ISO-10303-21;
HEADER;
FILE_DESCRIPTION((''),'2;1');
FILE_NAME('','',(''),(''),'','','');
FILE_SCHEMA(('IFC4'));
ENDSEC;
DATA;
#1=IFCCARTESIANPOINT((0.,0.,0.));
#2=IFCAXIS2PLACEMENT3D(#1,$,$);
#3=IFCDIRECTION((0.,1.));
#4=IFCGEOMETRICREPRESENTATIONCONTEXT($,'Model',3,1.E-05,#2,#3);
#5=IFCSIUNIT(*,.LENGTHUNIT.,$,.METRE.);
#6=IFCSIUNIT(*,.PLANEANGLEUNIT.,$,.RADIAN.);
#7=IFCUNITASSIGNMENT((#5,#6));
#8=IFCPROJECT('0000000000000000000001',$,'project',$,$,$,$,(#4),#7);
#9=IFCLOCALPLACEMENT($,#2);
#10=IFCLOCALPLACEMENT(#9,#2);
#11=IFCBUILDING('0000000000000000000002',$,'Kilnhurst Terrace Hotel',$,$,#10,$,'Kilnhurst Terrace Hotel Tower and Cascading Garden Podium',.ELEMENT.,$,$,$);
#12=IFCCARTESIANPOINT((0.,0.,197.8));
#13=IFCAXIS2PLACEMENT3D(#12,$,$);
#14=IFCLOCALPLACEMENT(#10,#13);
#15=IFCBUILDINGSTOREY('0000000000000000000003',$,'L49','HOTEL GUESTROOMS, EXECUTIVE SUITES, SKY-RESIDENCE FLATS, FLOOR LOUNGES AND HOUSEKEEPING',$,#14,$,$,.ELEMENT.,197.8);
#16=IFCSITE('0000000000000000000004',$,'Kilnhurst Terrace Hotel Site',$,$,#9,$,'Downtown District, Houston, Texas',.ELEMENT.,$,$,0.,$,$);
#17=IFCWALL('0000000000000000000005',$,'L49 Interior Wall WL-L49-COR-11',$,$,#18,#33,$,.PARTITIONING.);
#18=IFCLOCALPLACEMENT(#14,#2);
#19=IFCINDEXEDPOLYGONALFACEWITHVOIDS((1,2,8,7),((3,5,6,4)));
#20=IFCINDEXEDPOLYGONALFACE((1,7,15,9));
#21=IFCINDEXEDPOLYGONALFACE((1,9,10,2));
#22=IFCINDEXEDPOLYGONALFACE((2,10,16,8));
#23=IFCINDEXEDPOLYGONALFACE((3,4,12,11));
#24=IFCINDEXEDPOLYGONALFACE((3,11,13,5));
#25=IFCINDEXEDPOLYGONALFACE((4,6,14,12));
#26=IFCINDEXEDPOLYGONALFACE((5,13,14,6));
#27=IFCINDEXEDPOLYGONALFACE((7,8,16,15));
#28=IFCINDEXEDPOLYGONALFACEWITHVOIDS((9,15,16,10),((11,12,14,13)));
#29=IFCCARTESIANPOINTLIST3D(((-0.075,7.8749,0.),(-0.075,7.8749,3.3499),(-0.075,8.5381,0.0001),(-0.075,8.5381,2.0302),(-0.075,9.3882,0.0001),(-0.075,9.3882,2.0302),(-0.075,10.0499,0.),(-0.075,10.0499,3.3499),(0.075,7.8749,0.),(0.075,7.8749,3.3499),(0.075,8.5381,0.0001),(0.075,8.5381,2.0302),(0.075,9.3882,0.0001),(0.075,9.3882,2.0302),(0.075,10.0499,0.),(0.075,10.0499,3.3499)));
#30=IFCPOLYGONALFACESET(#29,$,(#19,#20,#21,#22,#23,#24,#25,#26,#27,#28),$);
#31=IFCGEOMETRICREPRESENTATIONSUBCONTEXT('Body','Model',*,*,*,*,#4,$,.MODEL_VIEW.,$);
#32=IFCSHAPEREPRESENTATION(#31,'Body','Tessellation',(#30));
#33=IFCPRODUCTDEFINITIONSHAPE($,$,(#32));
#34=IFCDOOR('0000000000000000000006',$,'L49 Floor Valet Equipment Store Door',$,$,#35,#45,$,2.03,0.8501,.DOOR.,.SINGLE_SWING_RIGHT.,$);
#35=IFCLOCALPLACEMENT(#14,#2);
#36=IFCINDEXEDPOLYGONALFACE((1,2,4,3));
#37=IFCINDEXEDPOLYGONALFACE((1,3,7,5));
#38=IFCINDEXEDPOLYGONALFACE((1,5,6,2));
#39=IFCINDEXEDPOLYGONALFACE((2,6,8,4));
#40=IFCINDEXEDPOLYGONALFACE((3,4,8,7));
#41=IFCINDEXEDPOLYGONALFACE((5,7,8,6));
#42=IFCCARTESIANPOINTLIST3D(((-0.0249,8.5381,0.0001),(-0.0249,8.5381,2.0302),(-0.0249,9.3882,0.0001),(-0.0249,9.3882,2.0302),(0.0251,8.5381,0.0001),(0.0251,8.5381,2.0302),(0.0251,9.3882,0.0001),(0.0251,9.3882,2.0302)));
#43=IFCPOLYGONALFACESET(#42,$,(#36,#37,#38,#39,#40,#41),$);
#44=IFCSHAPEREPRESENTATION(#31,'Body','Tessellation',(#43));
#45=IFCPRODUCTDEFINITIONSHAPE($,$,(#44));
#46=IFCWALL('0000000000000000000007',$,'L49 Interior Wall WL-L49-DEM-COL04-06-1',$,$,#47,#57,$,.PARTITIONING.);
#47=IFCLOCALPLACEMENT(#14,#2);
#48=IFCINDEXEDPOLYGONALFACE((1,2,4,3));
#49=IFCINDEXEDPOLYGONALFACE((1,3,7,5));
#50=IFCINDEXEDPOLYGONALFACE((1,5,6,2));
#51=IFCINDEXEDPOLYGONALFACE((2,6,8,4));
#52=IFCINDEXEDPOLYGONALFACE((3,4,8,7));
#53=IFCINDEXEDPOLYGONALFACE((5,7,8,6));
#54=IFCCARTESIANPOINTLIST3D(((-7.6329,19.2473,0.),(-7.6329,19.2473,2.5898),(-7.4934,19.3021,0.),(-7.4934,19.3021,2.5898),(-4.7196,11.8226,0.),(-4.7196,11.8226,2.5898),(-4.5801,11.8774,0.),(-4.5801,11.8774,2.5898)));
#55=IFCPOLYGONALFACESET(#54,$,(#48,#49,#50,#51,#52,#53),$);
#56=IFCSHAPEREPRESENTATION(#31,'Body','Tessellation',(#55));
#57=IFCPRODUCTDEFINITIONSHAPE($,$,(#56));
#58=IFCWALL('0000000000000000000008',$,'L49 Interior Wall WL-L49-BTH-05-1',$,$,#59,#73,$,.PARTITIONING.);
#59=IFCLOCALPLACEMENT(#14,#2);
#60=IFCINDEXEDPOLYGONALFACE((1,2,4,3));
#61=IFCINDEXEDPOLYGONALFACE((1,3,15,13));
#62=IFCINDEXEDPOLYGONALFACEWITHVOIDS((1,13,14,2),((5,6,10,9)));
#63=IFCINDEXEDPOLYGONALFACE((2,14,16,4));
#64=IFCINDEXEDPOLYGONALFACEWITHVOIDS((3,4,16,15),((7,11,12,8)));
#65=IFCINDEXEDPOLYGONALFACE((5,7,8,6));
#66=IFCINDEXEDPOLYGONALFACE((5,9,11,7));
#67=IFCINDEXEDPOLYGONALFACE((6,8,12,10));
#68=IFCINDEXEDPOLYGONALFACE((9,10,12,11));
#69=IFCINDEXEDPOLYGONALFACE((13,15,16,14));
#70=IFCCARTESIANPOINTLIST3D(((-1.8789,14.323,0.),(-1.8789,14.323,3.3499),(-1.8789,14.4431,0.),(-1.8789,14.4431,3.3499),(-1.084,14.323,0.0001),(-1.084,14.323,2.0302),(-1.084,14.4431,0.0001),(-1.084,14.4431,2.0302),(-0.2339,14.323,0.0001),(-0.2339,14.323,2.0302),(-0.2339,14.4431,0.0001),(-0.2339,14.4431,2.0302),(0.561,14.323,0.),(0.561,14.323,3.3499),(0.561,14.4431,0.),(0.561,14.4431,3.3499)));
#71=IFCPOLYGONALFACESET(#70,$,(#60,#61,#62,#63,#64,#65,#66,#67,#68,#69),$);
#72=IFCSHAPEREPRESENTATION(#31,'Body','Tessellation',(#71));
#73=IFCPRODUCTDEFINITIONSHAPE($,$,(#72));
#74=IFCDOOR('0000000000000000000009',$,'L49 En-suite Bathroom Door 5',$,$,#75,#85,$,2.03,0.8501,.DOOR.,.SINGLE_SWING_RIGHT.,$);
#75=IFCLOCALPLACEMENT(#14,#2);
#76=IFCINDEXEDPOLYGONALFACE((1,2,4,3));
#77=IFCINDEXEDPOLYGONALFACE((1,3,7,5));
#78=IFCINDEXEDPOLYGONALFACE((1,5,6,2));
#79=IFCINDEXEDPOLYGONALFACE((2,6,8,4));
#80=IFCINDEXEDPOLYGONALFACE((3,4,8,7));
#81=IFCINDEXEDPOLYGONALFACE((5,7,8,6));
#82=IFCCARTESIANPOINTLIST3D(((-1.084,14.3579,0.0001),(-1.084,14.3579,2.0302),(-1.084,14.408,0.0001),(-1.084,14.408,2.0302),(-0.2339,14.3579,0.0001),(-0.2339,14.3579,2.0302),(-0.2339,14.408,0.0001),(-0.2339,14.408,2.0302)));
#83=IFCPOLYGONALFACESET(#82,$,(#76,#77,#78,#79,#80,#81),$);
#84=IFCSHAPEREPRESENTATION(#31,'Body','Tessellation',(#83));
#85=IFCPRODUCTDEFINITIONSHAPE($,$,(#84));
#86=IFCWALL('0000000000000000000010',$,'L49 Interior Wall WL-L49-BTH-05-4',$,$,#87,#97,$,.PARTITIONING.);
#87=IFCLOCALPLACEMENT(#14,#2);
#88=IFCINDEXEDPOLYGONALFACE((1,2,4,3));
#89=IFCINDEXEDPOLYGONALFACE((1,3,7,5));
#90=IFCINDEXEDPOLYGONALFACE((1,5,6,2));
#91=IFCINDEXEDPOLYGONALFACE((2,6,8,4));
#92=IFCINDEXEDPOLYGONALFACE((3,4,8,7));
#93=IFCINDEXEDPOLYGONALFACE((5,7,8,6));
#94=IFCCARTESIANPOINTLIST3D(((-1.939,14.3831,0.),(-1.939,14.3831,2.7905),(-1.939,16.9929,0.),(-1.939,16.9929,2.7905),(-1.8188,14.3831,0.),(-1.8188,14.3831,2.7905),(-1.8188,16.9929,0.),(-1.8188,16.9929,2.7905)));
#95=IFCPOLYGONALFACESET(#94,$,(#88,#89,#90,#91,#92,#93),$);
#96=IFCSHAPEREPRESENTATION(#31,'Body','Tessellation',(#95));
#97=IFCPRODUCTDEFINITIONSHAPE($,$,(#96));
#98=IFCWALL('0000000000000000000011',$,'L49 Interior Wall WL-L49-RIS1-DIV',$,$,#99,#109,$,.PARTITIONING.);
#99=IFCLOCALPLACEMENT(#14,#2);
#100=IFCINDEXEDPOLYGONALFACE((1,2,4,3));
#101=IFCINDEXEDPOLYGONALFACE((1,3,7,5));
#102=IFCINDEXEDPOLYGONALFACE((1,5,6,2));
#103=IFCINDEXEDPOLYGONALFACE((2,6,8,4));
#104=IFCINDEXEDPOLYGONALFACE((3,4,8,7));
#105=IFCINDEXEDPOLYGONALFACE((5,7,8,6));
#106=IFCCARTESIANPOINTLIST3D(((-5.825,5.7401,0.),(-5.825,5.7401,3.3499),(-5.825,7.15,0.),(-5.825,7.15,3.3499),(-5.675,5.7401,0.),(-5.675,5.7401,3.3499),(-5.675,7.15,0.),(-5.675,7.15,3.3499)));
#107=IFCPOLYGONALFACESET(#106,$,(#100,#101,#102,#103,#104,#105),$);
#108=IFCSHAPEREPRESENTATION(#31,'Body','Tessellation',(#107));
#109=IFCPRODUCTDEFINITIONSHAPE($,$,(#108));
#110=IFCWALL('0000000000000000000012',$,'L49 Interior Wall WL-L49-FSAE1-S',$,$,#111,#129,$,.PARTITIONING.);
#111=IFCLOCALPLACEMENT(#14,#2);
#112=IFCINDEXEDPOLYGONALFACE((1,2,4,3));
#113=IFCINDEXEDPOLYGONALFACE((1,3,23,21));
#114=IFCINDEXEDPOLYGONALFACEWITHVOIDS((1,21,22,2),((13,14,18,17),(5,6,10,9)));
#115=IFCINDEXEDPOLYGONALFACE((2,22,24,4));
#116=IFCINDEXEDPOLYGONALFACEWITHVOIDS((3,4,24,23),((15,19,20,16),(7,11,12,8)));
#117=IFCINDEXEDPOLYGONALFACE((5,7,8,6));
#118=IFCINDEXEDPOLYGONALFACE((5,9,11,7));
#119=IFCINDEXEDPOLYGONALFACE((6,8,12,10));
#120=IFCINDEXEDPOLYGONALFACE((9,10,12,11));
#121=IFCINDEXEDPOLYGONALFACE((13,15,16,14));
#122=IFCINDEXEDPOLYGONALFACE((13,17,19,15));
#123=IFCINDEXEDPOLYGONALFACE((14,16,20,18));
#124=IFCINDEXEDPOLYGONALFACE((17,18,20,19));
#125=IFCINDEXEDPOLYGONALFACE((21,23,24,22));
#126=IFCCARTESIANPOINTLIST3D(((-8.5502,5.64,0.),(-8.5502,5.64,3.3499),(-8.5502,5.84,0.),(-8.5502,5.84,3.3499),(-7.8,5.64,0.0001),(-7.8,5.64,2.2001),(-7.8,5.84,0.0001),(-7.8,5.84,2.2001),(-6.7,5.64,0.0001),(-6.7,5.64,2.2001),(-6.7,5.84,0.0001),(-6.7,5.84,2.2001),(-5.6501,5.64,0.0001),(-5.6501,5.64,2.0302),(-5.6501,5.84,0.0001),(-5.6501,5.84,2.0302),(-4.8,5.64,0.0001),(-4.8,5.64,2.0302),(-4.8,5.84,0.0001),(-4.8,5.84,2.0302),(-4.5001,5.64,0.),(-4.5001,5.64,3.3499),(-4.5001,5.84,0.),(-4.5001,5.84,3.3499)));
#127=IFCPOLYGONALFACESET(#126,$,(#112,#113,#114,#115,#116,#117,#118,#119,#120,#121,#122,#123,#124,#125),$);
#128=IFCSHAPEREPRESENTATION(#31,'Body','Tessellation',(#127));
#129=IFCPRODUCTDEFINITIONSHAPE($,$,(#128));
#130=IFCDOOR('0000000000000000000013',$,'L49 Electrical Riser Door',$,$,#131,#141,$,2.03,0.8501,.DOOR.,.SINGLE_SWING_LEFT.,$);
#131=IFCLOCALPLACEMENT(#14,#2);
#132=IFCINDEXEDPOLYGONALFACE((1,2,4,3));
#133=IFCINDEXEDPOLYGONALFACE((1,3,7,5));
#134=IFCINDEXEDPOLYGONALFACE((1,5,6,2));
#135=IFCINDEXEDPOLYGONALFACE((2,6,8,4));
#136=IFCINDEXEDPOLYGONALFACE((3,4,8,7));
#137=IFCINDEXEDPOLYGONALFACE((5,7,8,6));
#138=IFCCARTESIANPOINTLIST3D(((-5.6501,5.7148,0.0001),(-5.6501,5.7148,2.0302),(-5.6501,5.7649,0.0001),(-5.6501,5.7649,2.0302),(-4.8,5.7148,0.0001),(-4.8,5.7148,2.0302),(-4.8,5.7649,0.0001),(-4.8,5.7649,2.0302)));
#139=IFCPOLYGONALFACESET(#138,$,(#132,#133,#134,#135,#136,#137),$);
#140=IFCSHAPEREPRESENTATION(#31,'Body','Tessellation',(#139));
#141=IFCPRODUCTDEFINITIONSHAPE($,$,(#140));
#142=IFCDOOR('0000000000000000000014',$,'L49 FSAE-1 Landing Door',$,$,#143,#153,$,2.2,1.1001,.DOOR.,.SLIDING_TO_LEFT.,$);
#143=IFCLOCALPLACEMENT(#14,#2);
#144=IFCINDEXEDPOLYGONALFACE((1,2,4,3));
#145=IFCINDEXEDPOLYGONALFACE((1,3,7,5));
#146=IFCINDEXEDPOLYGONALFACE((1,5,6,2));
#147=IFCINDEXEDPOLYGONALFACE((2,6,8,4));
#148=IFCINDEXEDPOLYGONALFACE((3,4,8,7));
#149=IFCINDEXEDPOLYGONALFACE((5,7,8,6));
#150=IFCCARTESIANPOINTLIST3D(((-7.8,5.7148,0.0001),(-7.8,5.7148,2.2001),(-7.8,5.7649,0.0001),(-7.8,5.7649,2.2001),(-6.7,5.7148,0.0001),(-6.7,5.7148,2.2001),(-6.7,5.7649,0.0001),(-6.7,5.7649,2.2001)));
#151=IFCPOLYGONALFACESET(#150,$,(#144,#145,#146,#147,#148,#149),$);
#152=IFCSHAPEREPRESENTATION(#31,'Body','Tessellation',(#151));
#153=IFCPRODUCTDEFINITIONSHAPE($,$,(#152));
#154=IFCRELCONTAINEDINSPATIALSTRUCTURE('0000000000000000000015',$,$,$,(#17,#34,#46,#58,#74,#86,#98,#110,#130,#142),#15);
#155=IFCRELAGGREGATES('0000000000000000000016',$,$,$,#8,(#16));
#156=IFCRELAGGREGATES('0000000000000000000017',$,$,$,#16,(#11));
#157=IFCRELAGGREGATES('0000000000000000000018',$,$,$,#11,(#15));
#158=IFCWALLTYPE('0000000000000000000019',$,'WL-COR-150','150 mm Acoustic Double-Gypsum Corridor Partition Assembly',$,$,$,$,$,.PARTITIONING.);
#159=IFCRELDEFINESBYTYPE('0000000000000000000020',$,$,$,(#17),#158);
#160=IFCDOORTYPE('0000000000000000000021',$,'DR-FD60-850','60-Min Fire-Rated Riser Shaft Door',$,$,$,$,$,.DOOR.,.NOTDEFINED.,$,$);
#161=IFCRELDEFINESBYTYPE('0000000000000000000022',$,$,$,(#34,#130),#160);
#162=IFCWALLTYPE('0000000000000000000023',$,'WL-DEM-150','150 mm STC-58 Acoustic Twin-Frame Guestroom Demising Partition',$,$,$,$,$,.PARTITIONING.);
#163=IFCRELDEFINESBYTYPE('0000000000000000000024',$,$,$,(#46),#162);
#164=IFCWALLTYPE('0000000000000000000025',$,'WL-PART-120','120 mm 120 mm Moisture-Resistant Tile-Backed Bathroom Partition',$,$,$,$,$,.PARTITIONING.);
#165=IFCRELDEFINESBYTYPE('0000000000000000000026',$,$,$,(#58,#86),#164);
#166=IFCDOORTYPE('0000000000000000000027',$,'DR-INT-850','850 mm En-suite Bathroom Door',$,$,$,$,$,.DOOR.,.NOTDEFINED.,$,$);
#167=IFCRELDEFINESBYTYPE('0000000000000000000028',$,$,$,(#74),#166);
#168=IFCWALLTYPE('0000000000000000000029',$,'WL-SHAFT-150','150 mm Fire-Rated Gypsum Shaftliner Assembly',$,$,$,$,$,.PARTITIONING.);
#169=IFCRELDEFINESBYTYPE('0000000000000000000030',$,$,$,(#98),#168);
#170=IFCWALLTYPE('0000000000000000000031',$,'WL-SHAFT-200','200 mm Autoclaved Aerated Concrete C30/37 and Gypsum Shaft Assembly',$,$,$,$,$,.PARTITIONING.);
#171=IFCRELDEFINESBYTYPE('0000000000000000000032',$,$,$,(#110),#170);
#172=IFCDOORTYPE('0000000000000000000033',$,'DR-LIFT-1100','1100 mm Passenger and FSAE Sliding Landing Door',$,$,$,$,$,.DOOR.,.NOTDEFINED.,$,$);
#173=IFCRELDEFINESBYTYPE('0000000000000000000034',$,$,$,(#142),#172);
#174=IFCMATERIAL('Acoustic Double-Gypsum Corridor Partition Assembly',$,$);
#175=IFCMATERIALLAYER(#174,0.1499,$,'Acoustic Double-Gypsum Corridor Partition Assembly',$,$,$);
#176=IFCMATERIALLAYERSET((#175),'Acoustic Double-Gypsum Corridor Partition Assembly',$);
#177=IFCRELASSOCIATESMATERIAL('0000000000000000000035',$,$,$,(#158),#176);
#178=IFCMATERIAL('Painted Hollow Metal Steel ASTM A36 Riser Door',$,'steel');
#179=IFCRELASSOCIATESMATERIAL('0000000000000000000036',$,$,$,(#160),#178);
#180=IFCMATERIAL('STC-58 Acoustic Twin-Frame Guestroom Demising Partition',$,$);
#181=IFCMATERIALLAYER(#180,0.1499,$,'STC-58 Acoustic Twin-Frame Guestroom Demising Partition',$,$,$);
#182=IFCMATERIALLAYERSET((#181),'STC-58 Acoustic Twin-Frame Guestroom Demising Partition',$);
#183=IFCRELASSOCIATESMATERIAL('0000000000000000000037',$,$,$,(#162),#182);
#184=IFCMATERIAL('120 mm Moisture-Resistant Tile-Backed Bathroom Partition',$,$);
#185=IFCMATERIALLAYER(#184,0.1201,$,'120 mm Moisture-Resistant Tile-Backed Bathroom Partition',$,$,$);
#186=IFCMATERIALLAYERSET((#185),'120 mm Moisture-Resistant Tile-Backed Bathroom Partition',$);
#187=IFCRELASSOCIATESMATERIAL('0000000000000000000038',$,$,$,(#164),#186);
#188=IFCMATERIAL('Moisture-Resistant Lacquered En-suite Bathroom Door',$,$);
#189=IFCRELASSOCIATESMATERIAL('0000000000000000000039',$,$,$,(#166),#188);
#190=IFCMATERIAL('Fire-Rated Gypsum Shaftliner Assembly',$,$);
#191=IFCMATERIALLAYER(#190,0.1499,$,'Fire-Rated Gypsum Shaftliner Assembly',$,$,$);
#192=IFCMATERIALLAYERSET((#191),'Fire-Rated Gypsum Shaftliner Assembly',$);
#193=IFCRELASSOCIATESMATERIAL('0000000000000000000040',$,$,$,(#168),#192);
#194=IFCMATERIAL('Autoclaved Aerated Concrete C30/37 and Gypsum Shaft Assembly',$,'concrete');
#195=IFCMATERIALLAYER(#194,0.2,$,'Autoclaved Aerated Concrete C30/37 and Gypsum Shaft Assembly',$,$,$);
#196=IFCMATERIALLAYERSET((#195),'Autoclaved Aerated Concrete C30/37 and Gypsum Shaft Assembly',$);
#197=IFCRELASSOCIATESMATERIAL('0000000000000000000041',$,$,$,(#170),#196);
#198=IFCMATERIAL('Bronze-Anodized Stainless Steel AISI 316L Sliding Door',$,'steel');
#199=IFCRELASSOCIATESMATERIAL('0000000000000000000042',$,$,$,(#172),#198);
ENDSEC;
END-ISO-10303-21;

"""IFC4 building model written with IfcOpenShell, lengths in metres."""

from ifc_helpers import new_model, si_unit, direction, frame, frame_2d, origin, place, context, subcontext, project, spatial, rectangle, extrude, material, layer, layer_set, type_object, element, fill, save


model = new_model("IFC4")

# Units and contexts
model_context = context("Model", 3, precision=1e-05, world=origin(), true_north=direction((0.0, 1.0)))
body_context = subcontext(model_context, "Body", "Model", "MODEL_VIEW")
ifc_project = project(units=[si_unit("LENGTHUNIT", "METRE"), si_unit("PLANEANGLEUNIT", "RADIAN")], contexts=[model_context])

# Site, building, storey
site_placement = place(None, origin())
site = spatial("IfcSite", under=ifc_project, at=site_placement, Name="Kilnhurst Terrace Hotel Site", LongName="Downtown District, Houston, Texas", CompositionType="ELEMENT", RefElevation=0.0)
building_placement = place(site_placement, origin())
building = spatial("IfcBuilding", under=site, at=building_placement, Name="Kilnhurst Terrace Hotel", LongName="Kilnhurst Terrace Hotel Tower and Cascading Garden Podium", CompositionType="ELEMENT")
storey_placement = place(building_placement, frame((0.0, 0.0, 197.8)))
storey = spatial("IfcBuildingStorey", under=building, at=storey_placement, Name="L49", Description="HOTEL GUESTROOMS, EXECUTIVE SUITES, SKY-RESIDENCE FLATS, FLOOR LOUNGES AND HOUSEKEEPING", CompositionType="ELEMENT", Elevation=197.8)

# Wall, opening, door
ifc_material_1 = material(Name="Acoustic Double-Gypsum Corridor Partition Assembly")
ifc_layer_1 = layer(ifc_material_1, 0.1499, Name="Acoustic Double-Gypsum Corridor Partition Assembly")
ifc_layer_set_1 = layer_set([ifc_layer_1], Name="Acoustic Double-Gypsum Corridor Partition Assembly")
wall_type_1 = type_object("IfcWallType", Name="WL-COR-150", Description="150 mm Acoustic Double-Gypsum Corridor Partition Assembly", PredefinedType="PARTITIONING", material=ifc_layer_set_1)
wall_1_placement = place(storey_placement, frame((0.0, 7.875, 0.0), z_axis=(0.0, 0.0, 1.0), x_axis=(0.0, 1.0, 0.0)))
wall_1 = element("IfcWall", 1, at=wall_1_placement, inside=storey, type_object=wall_type_1, Name="L49 Interior Wall WL-L49-COR-11", PredefinedType="PARTITIONING", context=body_context, shape_type="SweptSolid", body=[
    extrude(rectangle(XDim=2.175, YDim=0.1499, at=frame_2d((1.0874, 0.0))), origin(), (0.0, 0.0, 1.0), 3.3499),
])
opening_1_placement = place(wall_1_placement, frame((0.6631, 0.0, 0.0)))
opening_1 = element("IfcOpeningElement", 2, at=opening_1_placement, cuts=wall_1, PredefinedType="OPENING", context=body_context, shape_type="SweptSolid", body=[
    extrude(rectangle(XDim=0.8501, YDim=2.03, at=frame_2d((0.425, 1.0151))), frame((0.0, 0.085, 0.0), z_axis=(0.0, -1.0, 0.0), x_axis=(1.0, 0.0, 0.0)), (0.0, 0.0, 1.0), 0.1699),
])
ifc_material_2 = material(Name="Painted Hollow Metal Steel ASTM A36 Riser Door", Category="steel")
door_type_1 = type_object("IfcDoorType", Name="DR-FD60-850", Description="60-Min Fire-Rated Riser Shaft Door", OperationType="NOTDEFINED", PredefinedType="DOOR", material=ifc_material_2)
door_1_placement = place(opening_1_placement, origin())
door_1 = element("IfcDoor", 3, at=door_1_placement, inside=storey, type_object=door_type_1, Name="L49 Floor Valet Equipment Store Door", OperationType="SINGLE_SWING_RIGHT", OverallHeight=2.03, OverallWidth=0.8501, PredefinedType="DOOR", context=body_context, shape_type="SweptSolid", body=[
    extrude(rectangle(XDim=0.8501, YDim=2.03, at=frame_2d((0.425, 1.0151))), frame((0.0, 0.0249, 0.0), z_axis=(0.0, -1.0, 0.0), x_axis=(1.0, 0.0, 0.0)), (0.0, 0.0, 1.0), 0.05),
])
fill(opening_1, door_1)

# Wall
ifc_material_3 = material(Name="STC-58 Acoustic Twin-Frame Guestroom Demising Partition")
ifc_layer_2 = layer(ifc_material_3, 0.1499, Name="STC-58 Acoustic Twin-Frame Guestroom Demising Partition")
ifc_layer_set_2 = layer_set([ifc_layer_2], Name="STC-58 Acoustic Twin-Frame Guestroom Demising Partition")
wall_type_2 = type_object("IfcWallType", Name="WL-DEM-150", Description="150 mm STC-58 Acoustic Twin-Frame Guestroom Demising Partition", PredefinedType="PARTITIONING", material=ifc_layer_set_2)
wall_2_placement = place(storey_placement, frame((-4.6499, 11.8501, 0.0), z_axis=(0.0, 0.0, 1.0), x_axis=(-0.365266, 0.930903, 0.0)))
element("IfcWall", 4, at=wall_2_placement, inside=storey, type_object=wall_type_2, Name="L49 Interior Wall WL-L49-DEM-COL04-06-1", PredefinedType="PARTITIONING", context=body_context, shape_type="SweptSolid", body=[
    extrude(rectangle(XDim=7.9758, YDim=0.1499, at=frame_2d((3.9878, 0.0))), origin(), (0.0, 0.0, 1.0), 2.5898),
])

# Wall, opening, door
ifc_material_4 = material(Name="120 mm Moisture-Resistant Tile-Backed Bathroom Partition")
ifc_layer_3 = layer(ifc_material_4, 0.1201, Name="120 mm Moisture-Resistant Tile-Backed Bathroom Partition")
ifc_layer_set_3 = layer_set([ifc_layer_3], Name="120 mm Moisture-Resistant Tile-Backed Bathroom Partition")
wall_type_3 = type_object("IfcWallType", Name="WL-PART-120", Description="120 mm 120 mm Moisture-Resistant Tile-Backed Bathroom Partition", PredefinedType="PARTITIONING", material=ifc_layer_set_3)
wall_3_placement = place(storey_placement, frame((-1.8789, 14.3831, 0.0), z_axis=(0.0, 0.0, 1.0), x_axis=(1.0, 0.0, 0.0)))
wall_3 = element("IfcWall", 5, at=wall_3_placement, inside=storey, type_object=wall_type_3, Name="L49 Interior Wall WL-L49-BTH-05-1", PredefinedType="PARTITIONING", context=body_context, shape_type="SweptSolid", body=[
    extrude(rectangle(XDim=2.4399, YDim=0.1201, at=frame_2d((1.22, 0.0))), origin(), (0.0, 0.0, 1.0), 3.3499),
])
opening_2_placement = place(wall_3_placement, frame((0.7949, 0.0, 0.0)))
opening_2 = element("IfcOpeningElement", 6, at=opening_2_placement, cuts=wall_3, PredefinedType="OPENING", context=body_context, shape_type="SweptSolid", body=[
    extrude(rectangle(XDim=0.8501, YDim=2.03, at=frame_2d((0.425, 1.0151))), frame((0.0, 0.0701, 0.0), z_axis=(0.0, -1.0, 0.0), x_axis=(1.0, 0.0, 0.0)), (0.0, 0.0, 1.0), 0.1401),
])
ifc_material_5 = material(Name="Moisture-Resistant Lacquered En-suite Bathroom Door")
door_type_2 = type_object("IfcDoorType", Name="DR-INT-850", Description="850 mm En-suite Bathroom Door", OperationType="NOTDEFINED", PredefinedType="DOOR", material=ifc_material_5)
door_2_placement = place(opening_2_placement, origin())
door_2 = element("IfcDoor", 7, at=door_2_placement, inside=storey, type_object=door_type_2, Name="L49 En-suite Bathroom Door 5", OperationType="SINGLE_SWING_RIGHT", OverallHeight=2.03, OverallWidth=0.8501, PredefinedType="DOOR", context=body_context, shape_type="SweptSolid", body=[
    extrude(rectangle(XDim=0.8501, YDim=2.03, at=frame_2d((0.425, 1.0151))), frame((0.0, 0.0249, 0.0), z_axis=(0.0, -1.0, 0.0), x_axis=(1.0, 0.0, 0.0)), (0.0, 0.0, 1.0), 0.05),
])
fill(opening_2, door_2)

# Walls
wall_4_placement = place(storey_placement, frame((-1.8789, 16.9929, 0.0), z_axis=(0.0, 0.0, 1.0), x_axis=(0.0, -1.0, 0.0)))
element("IfcWall", 8, at=wall_4_placement, inside=storey, type_object=wall_type_3, Name="L49 Interior Wall WL-L49-BTH-05-4", PredefinedType="PARTITIONING", context=body_context, shape_type="SweptSolid", body=[
    extrude(rectangle(XDim=2.6099, YDim=0.1201, at=frame_2d((1.3049, 0.0))), origin(), (0.0, 0.0, 1.0), 2.7905),
])
ifc_material_6 = material(Name="Fire-Rated Gypsum Shaftliner Assembly")
ifc_layer_4 = layer(ifc_material_6, 0.1499, Name="Fire-Rated Gypsum Shaftliner Assembly")
ifc_layer_set_4 = layer_set([ifc_layer_4], Name="Fire-Rated Gypsum Shaftliner Assembly")
wall_type_4 = type_object("IfcWallType", Name="WL-SHAFT-150", Description="150 mm Fire-Rated Gypsum Shaftliner Assembly", PredefinedType="PARTITIONING", material=ifc_layer_set_4)
wall_5_placement = place(storey_placement, frame((-5.75, 5.74, 0.0), z_axis=(0.0, 0.0, 1.0), x_axis=(0.0, 1.0, 0.0)))
element("IfcWall", 9, at=wall_5_placement, inside=storey, type_object=wall_type_4, Name="L49 Interior Wall WL-L49-RIS1-DIV", PredefinedType="PARTITIONING", context=body_context, shape_type="SweptSolid", body=[
    extrude(rectangle(XDim=1.4099, YDim=0.1499, at=frame_2d((0.7051, 0.0))), origin(), (0.0, 0.0, 1.0), 3.3499),
])

# Wall, openings, doors
ifc_material_7 = material(Name="Autoclaved Aerated Concrete C30/37 and Gypsum Shaft Assembly", Category="concrete")
ifc_layer_5 = layer(ifc_material_7, 0.2, Name="Autoclaved Aerated Concrete C30/37 and Gypsum Shaft Assembly")
ifc_layer_set_5 = layer_set([ifc_layer_5], Name="Autoclaved Aerated Concrete C30/37 and Gypsum Shaft Assembly")
wall_type_5 = type_object("IfcWallType", Name="WL-SHAFT-200", Description="200 mm Autoclaved Aerated Concrete C30/37 and Gypsum Shaft Assembly", PredefinedType="PARTITIONING", material=ifc_layer_set_5)
wall_6_placement = place(storey_placement, frame((-8.55, 5.74, 0.0), z_axis=(0.0, 0.0, 1.0), x_axis=(1.0, 0.0, 0.0)))
wall_6 = element("IfcWall", 10, at=wall_6_placement, inside=storey, type_object=wall_type_5, Name="L49 Interior Wall WL-L49-FSAE1-S", PredefinedType="PARTITIONING", context=body_context, shape_type="SweptSolid", body=[
    extrude(rectangle(XDim=4.05, YDim=0.2, at=frame_2d((2.0249, 0.0))), origin(), (0.0, 0.0, 1.0), 3.3499),
])
opening_3_placement = place(wall_6_placement, frame((0.75, 0.0, 0.0)))
opening_3 = element("IfcOpeningElement", 11, at=opening_3_placement, cuts=wall_6, PredefinedType="OPENING", context=body_context, shape_type="SweptSolid", body=[
    extrude(rectangle(XDim=1.1001, YDim=2.2, at=frame_2d((0.55, 1.1001))), frame((0.0, 0.1099, 0.0), z_axis=(0.0, -1.0, 0.0), x_axis=(1.0, 0.0, 0.0)), (0.0, 0.0, 1.0), 0.22),
])
opening_4_placement = place(wall_6_placement, frame((2.8999, 0.0, 0.0)))
opening_4 = element("IfcOpeningElement", 12, at=opening_4_placement, cuts=wall_6, PredefinedType="OPENING", context=body_context, shape_type="SweptSolid", body=[
    extrude(rectangle(XDim=0.8501, YDim=2.03, at=frame_2d((0.425, 1.0151))), frame((0.0, 0.1099, 0.0), z_axis=(0.0, -1.0, 0.0), x_axis=(1.0, 0.0, 0.0)), (0.0, 0.0, 1.0), 0.22),
])
door_3_placement = place(opening_4_placement, origin())
door_3 = element("IfcDoor", 13, at=door_3_placement, inside=storey, type_object=door_type_1, Name="L49 Electrical Riser Door", OperationType="SINGLE_SWING_LEFT", OverallHeight=2.03, OverallWidth=0.8501, PredefinedType="DOOR", context=body_context, shape_type="SweptSolid", body=[
    extrude(rectangle(XDim=0.8501, YDim=2.03, at=frame_2d((0.425, 1.0151))), frame((0.0, 0.0249, 0.0), z_axis=(0.0, -1.0, 0.0), x_axis=(1.0, 0.0, 0.0)), (0.0, 0.0, 1.0), 0.05),
])
fill(opening_4, door_3)
ifc_material_8 = material(Name="Bronze-Anodized Stainless Steel AISI 316L Sliding Door", Category="steel")
door_type_3 = type_object("IfcDoorType", Name="DR-LIFT-1100", Description="1100 mm Passenger and FSAE Sliding Landing Door", OperationType="NOTDEFINED", PredefinedType="DOOR", material=ifc_material_8)
door_4_placement = place(opening_3_placement, origin())
door_4 = element("IfcDoor", 14, at=door_4_placement, inside=storey, type_object=door_type_3, Name="L49 FSAE-1 Landing Door", OperationType="SLIDING_TO_LEFT", OverallHeight=2.2, OverallWidth=1.1001, PredefinedType="DOOR", context=body_context, shape_type="SweptSolid", body=[
    extrude(rectangle(XDim=1.1001, YDim=2.2, at=frame_2d((0.55, 1.1001))), frame((0.0, 0.0249, 0.0), z_axis=(0.0, -1.0, 0.0), x_axis=(1.0, 0.0, 0.0)), (0.0, 0.0, 1.0), 0.05),
])
fill(opening_3, door_4)

save(model, "model.ifc")
